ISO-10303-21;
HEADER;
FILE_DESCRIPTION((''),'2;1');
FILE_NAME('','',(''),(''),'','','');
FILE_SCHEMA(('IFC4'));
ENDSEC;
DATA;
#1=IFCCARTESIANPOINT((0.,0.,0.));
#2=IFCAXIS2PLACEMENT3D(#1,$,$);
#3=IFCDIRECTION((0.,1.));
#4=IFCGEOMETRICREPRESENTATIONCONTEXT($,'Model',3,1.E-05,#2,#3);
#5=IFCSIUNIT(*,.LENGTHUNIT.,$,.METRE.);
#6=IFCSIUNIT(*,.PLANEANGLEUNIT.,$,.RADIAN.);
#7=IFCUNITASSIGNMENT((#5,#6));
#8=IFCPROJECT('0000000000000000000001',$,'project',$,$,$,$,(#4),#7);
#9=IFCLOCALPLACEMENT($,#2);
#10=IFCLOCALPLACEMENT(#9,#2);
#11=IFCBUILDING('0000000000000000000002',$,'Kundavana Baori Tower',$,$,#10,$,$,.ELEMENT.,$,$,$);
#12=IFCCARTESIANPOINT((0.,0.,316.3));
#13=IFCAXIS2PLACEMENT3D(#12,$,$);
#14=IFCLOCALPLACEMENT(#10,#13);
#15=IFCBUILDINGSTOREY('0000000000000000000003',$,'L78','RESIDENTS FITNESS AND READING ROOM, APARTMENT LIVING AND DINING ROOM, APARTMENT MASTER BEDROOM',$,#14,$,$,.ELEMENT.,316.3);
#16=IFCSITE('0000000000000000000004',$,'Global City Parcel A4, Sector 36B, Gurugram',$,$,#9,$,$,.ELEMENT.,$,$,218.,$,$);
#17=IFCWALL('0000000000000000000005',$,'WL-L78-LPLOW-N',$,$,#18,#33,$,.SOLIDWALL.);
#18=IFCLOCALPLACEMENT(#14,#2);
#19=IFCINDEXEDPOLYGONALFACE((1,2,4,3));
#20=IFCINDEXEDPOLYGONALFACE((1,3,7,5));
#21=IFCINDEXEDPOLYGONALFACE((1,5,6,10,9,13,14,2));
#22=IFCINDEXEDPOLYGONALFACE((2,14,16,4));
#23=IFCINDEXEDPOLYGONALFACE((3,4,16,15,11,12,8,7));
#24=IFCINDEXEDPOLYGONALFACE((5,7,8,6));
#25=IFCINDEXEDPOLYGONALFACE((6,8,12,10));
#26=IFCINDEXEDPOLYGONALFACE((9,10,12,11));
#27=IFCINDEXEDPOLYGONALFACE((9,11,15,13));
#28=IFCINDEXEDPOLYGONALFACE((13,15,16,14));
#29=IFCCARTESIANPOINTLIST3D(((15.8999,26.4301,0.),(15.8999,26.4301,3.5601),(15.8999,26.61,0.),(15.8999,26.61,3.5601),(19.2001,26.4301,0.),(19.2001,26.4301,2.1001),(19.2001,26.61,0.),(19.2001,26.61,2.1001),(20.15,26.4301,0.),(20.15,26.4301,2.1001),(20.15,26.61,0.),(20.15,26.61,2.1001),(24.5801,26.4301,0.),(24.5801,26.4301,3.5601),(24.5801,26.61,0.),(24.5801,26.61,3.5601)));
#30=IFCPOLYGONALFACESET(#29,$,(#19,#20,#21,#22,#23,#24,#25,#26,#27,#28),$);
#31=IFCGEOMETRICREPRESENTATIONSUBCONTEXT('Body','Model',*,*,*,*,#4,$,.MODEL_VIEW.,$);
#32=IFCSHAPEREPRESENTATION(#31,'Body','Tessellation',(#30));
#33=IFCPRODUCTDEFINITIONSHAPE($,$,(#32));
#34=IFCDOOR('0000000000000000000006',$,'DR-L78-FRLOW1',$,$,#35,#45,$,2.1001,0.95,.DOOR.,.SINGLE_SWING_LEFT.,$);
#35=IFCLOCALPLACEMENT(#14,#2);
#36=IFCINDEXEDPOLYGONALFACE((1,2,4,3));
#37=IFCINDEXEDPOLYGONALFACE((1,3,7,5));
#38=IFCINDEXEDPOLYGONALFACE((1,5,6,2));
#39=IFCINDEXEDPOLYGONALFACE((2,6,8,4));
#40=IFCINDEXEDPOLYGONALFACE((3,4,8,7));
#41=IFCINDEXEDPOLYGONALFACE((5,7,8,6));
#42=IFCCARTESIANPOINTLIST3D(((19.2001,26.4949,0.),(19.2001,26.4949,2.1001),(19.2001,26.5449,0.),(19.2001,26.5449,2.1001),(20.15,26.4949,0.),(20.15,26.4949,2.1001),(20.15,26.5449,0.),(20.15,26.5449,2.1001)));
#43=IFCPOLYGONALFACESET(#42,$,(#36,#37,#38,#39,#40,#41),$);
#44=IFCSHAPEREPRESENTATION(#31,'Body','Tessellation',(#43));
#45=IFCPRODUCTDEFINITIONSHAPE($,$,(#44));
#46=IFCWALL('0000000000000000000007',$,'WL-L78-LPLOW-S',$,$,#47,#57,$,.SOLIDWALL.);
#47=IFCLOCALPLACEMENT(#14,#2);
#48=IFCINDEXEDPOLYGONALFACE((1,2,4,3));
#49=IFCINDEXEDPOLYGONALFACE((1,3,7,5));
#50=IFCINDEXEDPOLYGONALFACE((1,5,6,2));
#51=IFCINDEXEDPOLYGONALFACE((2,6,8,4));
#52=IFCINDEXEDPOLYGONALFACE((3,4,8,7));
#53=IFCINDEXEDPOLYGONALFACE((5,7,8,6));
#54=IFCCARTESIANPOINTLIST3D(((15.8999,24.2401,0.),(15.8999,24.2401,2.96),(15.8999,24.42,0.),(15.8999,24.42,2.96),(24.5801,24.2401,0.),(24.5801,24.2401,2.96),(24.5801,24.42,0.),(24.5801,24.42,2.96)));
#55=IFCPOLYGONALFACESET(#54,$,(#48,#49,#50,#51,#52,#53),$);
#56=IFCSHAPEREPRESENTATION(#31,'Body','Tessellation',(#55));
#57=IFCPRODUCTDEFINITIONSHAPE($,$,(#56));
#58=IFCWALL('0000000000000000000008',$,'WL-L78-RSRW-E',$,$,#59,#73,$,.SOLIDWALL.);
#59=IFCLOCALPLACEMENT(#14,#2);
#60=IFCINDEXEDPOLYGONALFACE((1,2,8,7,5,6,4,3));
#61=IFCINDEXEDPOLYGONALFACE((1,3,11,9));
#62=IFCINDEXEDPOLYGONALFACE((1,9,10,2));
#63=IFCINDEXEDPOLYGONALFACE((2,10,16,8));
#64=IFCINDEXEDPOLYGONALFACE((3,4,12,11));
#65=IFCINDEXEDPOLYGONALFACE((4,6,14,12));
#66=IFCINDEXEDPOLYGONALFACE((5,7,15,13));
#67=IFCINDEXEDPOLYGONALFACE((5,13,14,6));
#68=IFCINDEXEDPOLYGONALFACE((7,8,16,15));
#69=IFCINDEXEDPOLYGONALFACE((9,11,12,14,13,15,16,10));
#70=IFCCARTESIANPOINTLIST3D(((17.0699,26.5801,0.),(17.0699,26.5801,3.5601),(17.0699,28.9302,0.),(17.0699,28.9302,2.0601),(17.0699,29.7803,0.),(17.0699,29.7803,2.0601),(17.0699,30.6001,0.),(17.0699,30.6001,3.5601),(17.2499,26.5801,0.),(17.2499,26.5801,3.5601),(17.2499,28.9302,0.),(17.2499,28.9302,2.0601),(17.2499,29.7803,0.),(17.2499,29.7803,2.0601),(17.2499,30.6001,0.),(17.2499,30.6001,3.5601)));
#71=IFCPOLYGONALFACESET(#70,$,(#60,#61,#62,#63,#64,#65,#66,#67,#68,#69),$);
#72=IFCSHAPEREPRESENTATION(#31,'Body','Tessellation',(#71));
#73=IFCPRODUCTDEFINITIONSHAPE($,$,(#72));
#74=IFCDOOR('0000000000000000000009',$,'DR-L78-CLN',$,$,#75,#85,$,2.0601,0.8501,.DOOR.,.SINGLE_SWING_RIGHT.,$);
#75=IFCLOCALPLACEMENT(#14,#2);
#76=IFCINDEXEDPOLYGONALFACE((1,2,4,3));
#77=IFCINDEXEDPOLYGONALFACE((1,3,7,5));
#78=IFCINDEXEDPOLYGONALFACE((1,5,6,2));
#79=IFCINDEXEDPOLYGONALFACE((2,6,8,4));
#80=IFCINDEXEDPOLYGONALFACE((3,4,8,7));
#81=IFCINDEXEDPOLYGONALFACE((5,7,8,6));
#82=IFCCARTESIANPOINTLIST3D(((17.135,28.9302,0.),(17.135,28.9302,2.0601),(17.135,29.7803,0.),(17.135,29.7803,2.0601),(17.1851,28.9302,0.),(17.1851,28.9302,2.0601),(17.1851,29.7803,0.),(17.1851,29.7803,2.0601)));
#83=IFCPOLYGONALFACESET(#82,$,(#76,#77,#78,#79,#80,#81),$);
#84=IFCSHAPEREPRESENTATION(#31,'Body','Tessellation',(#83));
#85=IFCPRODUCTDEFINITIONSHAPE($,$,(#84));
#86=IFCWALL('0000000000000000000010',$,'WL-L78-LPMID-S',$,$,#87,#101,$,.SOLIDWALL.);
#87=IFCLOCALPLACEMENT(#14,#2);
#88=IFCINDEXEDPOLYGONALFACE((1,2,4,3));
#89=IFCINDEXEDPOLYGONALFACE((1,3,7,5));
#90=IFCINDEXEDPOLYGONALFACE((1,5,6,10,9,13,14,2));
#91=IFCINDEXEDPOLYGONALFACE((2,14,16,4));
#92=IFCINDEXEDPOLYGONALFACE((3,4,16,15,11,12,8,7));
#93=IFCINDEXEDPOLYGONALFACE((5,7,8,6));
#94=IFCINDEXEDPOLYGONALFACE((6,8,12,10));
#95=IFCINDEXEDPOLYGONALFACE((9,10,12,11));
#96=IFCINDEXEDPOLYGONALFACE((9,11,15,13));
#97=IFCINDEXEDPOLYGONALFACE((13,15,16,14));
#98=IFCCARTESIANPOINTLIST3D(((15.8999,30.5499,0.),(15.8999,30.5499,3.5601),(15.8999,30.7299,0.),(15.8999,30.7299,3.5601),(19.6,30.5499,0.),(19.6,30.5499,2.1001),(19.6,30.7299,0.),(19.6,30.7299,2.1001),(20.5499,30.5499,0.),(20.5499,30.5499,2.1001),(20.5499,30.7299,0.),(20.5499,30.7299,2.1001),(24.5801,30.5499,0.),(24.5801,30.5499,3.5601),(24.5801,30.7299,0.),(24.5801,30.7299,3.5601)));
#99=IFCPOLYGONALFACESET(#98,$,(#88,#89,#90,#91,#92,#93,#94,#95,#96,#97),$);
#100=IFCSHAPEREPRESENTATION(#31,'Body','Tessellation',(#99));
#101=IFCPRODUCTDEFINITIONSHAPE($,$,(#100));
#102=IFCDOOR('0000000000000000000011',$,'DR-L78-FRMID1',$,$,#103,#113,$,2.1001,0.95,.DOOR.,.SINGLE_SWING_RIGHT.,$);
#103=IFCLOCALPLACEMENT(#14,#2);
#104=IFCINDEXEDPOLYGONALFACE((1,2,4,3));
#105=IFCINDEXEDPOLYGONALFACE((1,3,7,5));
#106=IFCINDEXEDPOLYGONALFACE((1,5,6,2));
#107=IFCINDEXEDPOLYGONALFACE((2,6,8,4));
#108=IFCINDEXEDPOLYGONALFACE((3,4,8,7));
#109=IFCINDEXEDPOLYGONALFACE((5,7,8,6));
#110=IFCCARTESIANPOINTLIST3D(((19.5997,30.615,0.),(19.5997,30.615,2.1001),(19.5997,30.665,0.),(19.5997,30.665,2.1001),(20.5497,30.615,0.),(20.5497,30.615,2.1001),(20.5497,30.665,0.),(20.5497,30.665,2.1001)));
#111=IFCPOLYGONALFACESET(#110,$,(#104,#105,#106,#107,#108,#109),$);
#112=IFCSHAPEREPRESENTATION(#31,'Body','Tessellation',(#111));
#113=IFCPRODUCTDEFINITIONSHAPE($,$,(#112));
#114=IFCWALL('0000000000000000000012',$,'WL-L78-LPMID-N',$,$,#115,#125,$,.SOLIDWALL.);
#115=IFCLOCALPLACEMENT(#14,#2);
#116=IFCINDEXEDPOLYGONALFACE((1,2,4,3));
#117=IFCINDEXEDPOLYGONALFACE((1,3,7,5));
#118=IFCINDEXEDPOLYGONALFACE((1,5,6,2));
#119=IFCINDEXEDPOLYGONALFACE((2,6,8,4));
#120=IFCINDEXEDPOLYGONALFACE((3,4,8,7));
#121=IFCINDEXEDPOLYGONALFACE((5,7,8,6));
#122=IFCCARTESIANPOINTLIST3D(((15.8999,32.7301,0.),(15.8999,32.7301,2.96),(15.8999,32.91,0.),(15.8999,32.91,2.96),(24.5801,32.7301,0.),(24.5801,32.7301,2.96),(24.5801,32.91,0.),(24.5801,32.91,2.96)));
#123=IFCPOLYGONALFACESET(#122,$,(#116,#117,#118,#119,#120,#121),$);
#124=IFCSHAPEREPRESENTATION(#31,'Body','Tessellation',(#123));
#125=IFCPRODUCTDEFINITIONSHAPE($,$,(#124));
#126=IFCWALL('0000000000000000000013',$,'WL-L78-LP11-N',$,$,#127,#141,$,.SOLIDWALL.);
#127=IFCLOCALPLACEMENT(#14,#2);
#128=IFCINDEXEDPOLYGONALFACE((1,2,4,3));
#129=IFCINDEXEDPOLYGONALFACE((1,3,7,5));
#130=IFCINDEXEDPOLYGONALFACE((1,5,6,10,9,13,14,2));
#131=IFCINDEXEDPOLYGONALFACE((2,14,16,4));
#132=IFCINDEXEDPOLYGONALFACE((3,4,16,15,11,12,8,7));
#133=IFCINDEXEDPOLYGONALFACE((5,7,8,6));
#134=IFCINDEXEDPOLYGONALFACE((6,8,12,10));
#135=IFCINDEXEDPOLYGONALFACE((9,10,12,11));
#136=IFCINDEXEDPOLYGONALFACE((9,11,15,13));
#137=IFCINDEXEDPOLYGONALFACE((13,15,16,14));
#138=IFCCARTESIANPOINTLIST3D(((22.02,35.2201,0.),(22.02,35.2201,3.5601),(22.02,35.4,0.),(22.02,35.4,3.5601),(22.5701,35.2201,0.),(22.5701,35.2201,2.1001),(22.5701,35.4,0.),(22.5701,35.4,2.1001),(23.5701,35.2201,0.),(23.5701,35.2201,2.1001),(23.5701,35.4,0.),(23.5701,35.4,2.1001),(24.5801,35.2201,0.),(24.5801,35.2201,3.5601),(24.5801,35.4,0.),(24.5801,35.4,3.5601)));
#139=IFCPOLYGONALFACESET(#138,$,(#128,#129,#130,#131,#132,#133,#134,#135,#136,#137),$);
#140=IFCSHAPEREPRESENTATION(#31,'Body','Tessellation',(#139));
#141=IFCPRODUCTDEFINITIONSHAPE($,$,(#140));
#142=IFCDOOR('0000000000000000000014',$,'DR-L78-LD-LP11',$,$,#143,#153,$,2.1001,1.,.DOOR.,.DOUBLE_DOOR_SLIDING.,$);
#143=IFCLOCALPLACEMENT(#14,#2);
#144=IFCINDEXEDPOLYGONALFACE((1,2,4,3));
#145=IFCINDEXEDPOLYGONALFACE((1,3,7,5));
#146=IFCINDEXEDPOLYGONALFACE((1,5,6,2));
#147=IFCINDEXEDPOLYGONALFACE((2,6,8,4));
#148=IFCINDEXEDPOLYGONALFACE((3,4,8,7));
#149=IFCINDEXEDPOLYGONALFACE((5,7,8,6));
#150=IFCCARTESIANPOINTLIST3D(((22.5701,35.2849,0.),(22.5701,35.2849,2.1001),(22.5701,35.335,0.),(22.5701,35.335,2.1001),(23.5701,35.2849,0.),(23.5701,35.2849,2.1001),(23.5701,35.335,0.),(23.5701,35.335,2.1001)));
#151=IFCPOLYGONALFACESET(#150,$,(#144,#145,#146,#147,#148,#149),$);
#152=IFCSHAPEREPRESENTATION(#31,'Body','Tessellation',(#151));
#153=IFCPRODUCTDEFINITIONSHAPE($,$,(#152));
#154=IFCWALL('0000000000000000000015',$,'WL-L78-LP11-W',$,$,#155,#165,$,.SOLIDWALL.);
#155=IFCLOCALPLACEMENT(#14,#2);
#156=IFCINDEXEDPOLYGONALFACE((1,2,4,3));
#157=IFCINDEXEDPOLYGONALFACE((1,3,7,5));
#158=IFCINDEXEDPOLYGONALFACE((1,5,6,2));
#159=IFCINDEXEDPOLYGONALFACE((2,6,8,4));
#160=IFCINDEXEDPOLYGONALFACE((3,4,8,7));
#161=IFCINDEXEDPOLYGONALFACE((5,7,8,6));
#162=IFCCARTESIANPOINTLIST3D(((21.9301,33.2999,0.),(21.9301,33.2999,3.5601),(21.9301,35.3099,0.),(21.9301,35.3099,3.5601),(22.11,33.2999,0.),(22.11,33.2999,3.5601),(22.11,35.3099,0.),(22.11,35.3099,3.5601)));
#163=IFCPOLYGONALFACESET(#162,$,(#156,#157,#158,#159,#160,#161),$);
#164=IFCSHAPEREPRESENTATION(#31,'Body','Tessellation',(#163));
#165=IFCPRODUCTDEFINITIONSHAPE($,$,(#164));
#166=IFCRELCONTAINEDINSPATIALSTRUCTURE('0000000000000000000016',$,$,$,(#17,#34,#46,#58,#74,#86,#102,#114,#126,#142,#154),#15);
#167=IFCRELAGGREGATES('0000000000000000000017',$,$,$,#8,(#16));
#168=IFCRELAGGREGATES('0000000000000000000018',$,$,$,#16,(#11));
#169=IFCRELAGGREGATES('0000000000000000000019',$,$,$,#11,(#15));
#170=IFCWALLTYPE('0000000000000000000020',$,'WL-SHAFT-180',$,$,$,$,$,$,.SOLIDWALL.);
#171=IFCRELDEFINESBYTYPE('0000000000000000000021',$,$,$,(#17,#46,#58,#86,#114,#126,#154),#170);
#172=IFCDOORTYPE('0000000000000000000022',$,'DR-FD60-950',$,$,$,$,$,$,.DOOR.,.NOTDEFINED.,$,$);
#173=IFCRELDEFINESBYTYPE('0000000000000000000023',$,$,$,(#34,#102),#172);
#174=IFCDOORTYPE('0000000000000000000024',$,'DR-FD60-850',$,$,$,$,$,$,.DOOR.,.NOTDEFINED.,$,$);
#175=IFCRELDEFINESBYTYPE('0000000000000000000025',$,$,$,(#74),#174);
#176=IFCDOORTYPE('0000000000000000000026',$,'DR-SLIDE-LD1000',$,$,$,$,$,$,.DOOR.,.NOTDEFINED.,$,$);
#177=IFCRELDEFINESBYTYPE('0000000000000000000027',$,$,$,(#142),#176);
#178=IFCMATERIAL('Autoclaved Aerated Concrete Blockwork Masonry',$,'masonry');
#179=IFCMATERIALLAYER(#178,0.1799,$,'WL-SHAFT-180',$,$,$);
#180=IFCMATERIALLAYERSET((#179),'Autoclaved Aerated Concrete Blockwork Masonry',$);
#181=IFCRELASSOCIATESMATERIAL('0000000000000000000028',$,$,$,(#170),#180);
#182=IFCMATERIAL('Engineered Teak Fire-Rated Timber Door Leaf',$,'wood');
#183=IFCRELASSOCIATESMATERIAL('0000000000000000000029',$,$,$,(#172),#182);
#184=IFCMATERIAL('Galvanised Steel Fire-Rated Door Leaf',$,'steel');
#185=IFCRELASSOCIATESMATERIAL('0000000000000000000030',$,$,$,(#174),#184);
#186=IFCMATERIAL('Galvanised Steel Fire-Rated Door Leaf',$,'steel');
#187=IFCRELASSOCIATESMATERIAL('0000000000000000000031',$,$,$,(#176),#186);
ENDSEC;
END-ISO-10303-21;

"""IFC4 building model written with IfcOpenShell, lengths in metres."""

from ifc_helpers import new_model, si_unit, direction, frame, frame_2d, origin, place, context, subcontext, project, spatial, rectangle, extrude, material, layer, layer_set, type_object, element, fill, save


model = new_model("IFC4")

# Units and contexts
model_context = context("Model", 3, precision=1e-05, world=origin(), true_north=direction((0.0, 1.0)))
body_context = subcontext(model_context, "Body", "Model", "MODEL_VIEW")
ifc_project = project(units=[si_unit("LENGTHUNIT", "METRE"), si_unit("PLANEANGLEUNIT", "RADIAN")], contexts=[model_context])

# Site, building, storey
site_placement = place(None, origin())
site = spatial("IfcSite", under=ifc_project, at=site_placement, Name="Global City Parcel A4, Sector 36B, Gurugram", CompositionType="ELEMENT", RefElevation=218.0)
building_placement = place(site_placement, origin())
building = spatial("IfcBuilding", under=site, at=building_placement, Name="Kundavana Baori Tower", CompositionType="ELEMENT")
storey_placement = place(building_placement, frame((0.0, 0.0, 316.3)))
storey = spatial("IfcBuildingStorey", under=building, at=storey_placement, Name="L78", Description="RESIDENTS FITNESS AND READING ROOM, APARTMENT LIVING AND DINING ROOM, APARTMENT MASTER BEDROOM", CompositionType="ELEMENT", Elevation=316.3)

# Wall, opening, door
ifc_material_1 = material(Name="Autoclaved Aerated Concrete Blockwork Masonry", Category="masonry")
ifc_layer_1 = layer(ifc_material_1, 0.1799, Name="WL-SHAFT-180")
ifc_layer_set_1 = layer_set([ifc_layer_1], Name="Autoclaved Aerated Concrete Blockwork Masonry")
wall_type_1 = type_object("IfcWallType", Name="WL-SHAFT-180", PredefinedType="SOLIDWALL", material=ifc_layer_set_1)
wall_1_placement = place(storey_placement, frame((15.8999, 26.52, 0.0), z_axis=(0.0, 0.0, 1.0), x_axis=(1.0, 0.0, 0.0)))
wall_1 = element("IfcWall", 1, at=wall_1_placement, inside=storey, type_object=wall_type_1, Name="WL-L78-LPLOW-N", PredefinedType="SOLIDWALL", context=body_context, shape_type="SweptSolid", body=[
    extrude(rectangle(XDim=8.6802, YDim=0.1799, at=frame_2d((4.3401, 0.0))), origin(), (0.0, 0.0, 1.0), 3.5601),
])
opening_1_placement = place(wall_1_placement, frame((3.3, 0.0, 0.0)))
opening_1 = element("IfcOpeningElement", 2, at=opening_1_placement, cuts=wall_1, PredefinedType="OPENING", context=body_context, shape_type="SweptSolid", body=[
    extrude(rectangle(XDim=0.95, YDim=2.1001, at=frame_2d((0.4751, 1.05))), frame((0.0, 0.1001, 0.0), z_axis=(0.0, -1.0, 0.0), x_axis=(1.0, 0.0, 0.0)), (0.0, 0.0, 1.0), 0.2),
])
ifc_material_2 = material(Name="Engineered Teak Fire-Rated Timber Door Leaf", Category="wood")
door_type_1 = type_object("IfcDoorType", Name="DR-FD60-950", OperationType="NOTDEFINED", PredefinedType="DOOR", material=ifc_material_2)
door_1_placement = place(opening_1_placement, origin())
door_1 = element("IfcDoor", 3, at=door_1_placement, inside=storey, type_object=door_type_1, Name="DR-L78-FRLOW1", OperationType="SINGLE_SWING_LEFT", OverallHeight=2.1001, OverallWidth=0.95, PredefinedType="DOOR", context=body_context, shape_type="SweptSolid", body=[
    extrude(rectangle(XDim=0.95, YDim=2.1001, at=frame_2d((0.4751, 1.05))), frame((0.0, 0.0249, 0.0), z_axis=(0.0, -1.0, 0.0), x_axis=(1.0, 0.0, 0.0)), (0.0, 0.0, 1.0), 0.05),
])
fill(opening_1, door_1)

# Wall
wall_2_placement = place(storey_placement, frame((15.8999, 24.3301, 0.0), z_axis=(0.0, 0.0, 1.0), x_axis=(1.0, 0.0, 0.0)))
element("IfcWall", 4, at=wall_2_placement, inside=storey, type_object=wall_type_1, Name="WL-L78-LPLOW-S", PredefinedType="SOLIDWALL", context=body_context, shape_type="SweptSolid", body=[
    extrude(rectangle(XDim=8.6802, YDim=0.1799, at=frame_2d((4.3401, 0.0))), origin(), (0.0, 0.0, 1.0), 2.96),
])

# Walls, openings, doors
wall_3_placement = place(storey_placement, frame((17.1599, 26.5801, 0.0), z_axis=(0.0, 0.0, 1.0), x_axis=(0.0, 1.0, 0.0)))
wall_3 = element("IfcWall", 5, at=wall_3_placement, inside=storey, type_object=wall_type_1, Name="WL-L78-RSRW-E", PredefinedType="SOLIDWALL", context=body_context, shape_type="SweptSolid", body=[
    extrude(rectangle(XDim=4.02, YDim=0.1799, at=frame_2d((2.01, 0.0))), origin(), (0.0, 0.0, 1.0), 3.5601),
])
opening_2_placement = place(wall_3_placement, frame((2.3501, 0.0, 0.0)))
opening_2 = element("IfcOpeningElement", 6, at=opening_2_placement, cuts=wall_3, PredefinedType="OPENING", context=body_context, shape_type="SweptSolid", body=[
    extrude(rectangle(XDim=0.8501, YDim=2.0601, at=frame_2d((0.425, 1.03))), frame((0.0, 0.1001, 0.0), z_axis=(0.0, -1.0, 0.0), x_axis=(1.0, 0.0, 0.0)), (0.0, 0.0, 1.0), 0.2),
])
ifc_material_3 = material(Name="Galvanised Steel Fire-Rated Door Leaf", Category="steel")
door_type_2 = type_object("IfcDoorType", Name="DR-FD60-850", OperationType="NOTDEFINED", PredefinedType="DOOR", material=ifc_material_3)
door_2_placement = place(opening_2_placement, origin())
door_2 = element("IfcDoor", 7, at=door_2_placement, inside=storey, type_object=door_type_2, Name="DR-L78-CLN", OperationType="SINGLE_SWING_RIGHT", OverallHeight=2.0601, OverallWidth=0.8501, PredefinedType="DOOR", context=body_context, shape_type="SweptSolid", body=[
    extrude(rectangle(XDim=0.8501, YDim=2.0601, at=frame_2d((0.425, 1.03))), frame((0.0, 0.0249, 0.0), z_axis=(0.0, -1.0, 0.0), x_axis=(1.0, 0.0, 0.0)), (0.0, 0.0, 1.0), 0.05),
])
fill(opening_2, door_2)
wall_4_placement = place(storey_placement, frame((15.8999, 30.6399, 0.0), z_axis=(0.0, 0.0, 1.0), x_axis=(1.0, 0.0, 0.0)))
wall_4 = element("IfcWall", 8, at=wall_4_placement, inside=storey, type_object=wall_type_1, Name="WL-L78-LPMID-S", PredefinedType="SOLIDWALL", context=body_context, shape_type="SweptSolid", body=[
    extrude(rectangle(XDim=8.6802, YDim=0.1799, at=frame_2d((4.3401, 0.0))), origin(), (0.0, 0.0, 1.0), 3.5601),
])
opening_3_placement = place(wall_4_placement, frame((3.7, 0.0, 0.0)))
opening_3 = element("IfcOpeningElement", 9, at=opening_3_placement, cuts=wall_4, PredefinedType="OPENING", context=body_context, shape_type="SweptSolid", body=[
    extrude(rectangle(XDim=0.95, YDim=2.1001, at=frame_2d((0.4751, 1.05))), frame((0.0, 0.1001, 0.0), z_axis=(0.0, -1.0, 0.0), x_axis=(1.0, 0.0, 0.0)), (0.0, 0.0, 1.0), 0.2),
])
door_3_placement = place(opening_3_placement, frame((0.95, 0.0, 0.0), z_axis=(0.0, 0.0, 1.0), x_axis=(-1.0, 0.0, 0.0)))
door_3 = element("IfcDoor", 10, at=door_3_placement, inside=storey, type_object=door_type_1, Name="DR-L78-FRMID1", OperationType="SINGLE_SWING_RIGHT", OverallHeight=2.1001, OverallWidth=0.95, PredefinedType="DOOR", context=body_context, shape_type="SweptSolid", body=[
    extrude(rectangle(XDim=0.95, YDim=2.1001, at=frame_2d((0.4751, 1.05))), frame((0.0, 0.0249, 0.0), z_axis=(0.0, -1.0, 0.0), x_axis=(1.0, 0.0, 0.0)), (0.0, 0.0, 1.0), 0.05),
])
fill(opening_3, door_3)

# Wall
wall_5_placement = place(storey_placement, frame((15.8999, 32.8201, 0.0), z_axis=(0.0, 0.0, 1.0), x_axis=(1.0, 0.0, 0.0)))
element("IfcWall", 11, at=wall_5_placement, inside=storey, type_object=wall_type_1, Name="WL-L78-LPMID-N", PredefinedType="SOLIDWALL", context=body_context, shape_type="SweptSolid", body=[
    extrude(rectangle(XDim=8.6802, YDim=0.1799, at=frame_2d((4.3401, 0.0))), origin(), (0.0, 0.0, 1.0), 2.96),
])

# Wall, opening, door
wall_6_placement = place(storey_placement, frame((22.02, 35.3101, 0.0), z_axis=(0.0, 0.0, 1.0), x_axis=(1.0, 0.0, 0.0)))
wall_6 = element("IfcWall", 12, at=wall_6_placement, inside=storey, type_object=wall_type_1, Name="WL-L78-LP11-N", PredefinedType="SOLIDWALL", context=body_context, shape_type="SweptSolid", body=[
    extrude(rectangle(XDim=2.5601, YDim=0.1799, at=frame_2d((1.28, 0.0))), origin(), (0.0, 0.0, 1.0), 3.5601),
])
opening_4_placement = place(wall_6_placement, frame((0.55, 0.0, 0.0)))
opening_4 = element("IfcOpeningElement", 13, at=opening_4_placement, cuts=wall_6, PredefinedType="OPENING", context=body_context, shape_type="SweptSolid", body=[
    extrude(rectangle(XDim=1.0, YDim=2.1001, at=frame_2d((0.5, 1.05))), frame((0.0, 0.1001, 0.0), z_axis=(0.0, -1.0, 0.0), x_axis=(1.0, 0.0, 0.0)), (0.0, 0.0, 1.0), 0.2),
])
ifc_material_4 = material(Name="Galvanised Steel Fire-Rated Door Leaf", Category="steel")
door_type_3 = type_object("IfcDoorType", Name="DR-SLIDE-LD1000", OperationType="NOTDEFINED", PredefinedType="DOOR", material=ifc_material_4)
door_4_placement = place(opening_4_placement, origin())
door_4 = element("IfcDoor", 14, at=door_4_placement, inside=storey, type_object=door_type_3, Name="DR-L78-LD-LP11", OperationType="DOUBLE_DOOR_SLIDING", OverallHeight=2.1001, OverallWidth=1.0, PredefinedType="DOOR", context=body_context, shape_type="SweptSolid", body=[
    extrude(rectangle(XDim=1.0, YDim=2.1001, at=frame_2d((0.5, 1.05))), frame((0.0, 0.0249, 0.0), z_axis=(0.0, -1.0, 0.0), x_axis=(1.0, 0.0, 0.0)), (0.0, 0.0, 1.0), 0.05),
])
fill(opening_4, door_4)

# Wall
wall_7_placement = place(storey_placement, frame((22.02, 33.3, 0.0), z_axis=(0.0, 0.0, 1.0), x_axis=(0.0, 1.0, 0.0)))
element("IfcWall", 15, at=wall_7_placement, inside=storey, type_object=wall_type_1, Name="WL-L78-LP11-W", PredefinedType="SOLIDWALL", context=body_context, shape_type="SweptSolid", body=[
    extrude(rectangle(XDim=2.01, YDim=0.1799, at=frame_2d((1.0049, 0.0))), origin(), (0.0, 0.0, 1.0), 3.5601),
])

save(model, "model.ifc")
